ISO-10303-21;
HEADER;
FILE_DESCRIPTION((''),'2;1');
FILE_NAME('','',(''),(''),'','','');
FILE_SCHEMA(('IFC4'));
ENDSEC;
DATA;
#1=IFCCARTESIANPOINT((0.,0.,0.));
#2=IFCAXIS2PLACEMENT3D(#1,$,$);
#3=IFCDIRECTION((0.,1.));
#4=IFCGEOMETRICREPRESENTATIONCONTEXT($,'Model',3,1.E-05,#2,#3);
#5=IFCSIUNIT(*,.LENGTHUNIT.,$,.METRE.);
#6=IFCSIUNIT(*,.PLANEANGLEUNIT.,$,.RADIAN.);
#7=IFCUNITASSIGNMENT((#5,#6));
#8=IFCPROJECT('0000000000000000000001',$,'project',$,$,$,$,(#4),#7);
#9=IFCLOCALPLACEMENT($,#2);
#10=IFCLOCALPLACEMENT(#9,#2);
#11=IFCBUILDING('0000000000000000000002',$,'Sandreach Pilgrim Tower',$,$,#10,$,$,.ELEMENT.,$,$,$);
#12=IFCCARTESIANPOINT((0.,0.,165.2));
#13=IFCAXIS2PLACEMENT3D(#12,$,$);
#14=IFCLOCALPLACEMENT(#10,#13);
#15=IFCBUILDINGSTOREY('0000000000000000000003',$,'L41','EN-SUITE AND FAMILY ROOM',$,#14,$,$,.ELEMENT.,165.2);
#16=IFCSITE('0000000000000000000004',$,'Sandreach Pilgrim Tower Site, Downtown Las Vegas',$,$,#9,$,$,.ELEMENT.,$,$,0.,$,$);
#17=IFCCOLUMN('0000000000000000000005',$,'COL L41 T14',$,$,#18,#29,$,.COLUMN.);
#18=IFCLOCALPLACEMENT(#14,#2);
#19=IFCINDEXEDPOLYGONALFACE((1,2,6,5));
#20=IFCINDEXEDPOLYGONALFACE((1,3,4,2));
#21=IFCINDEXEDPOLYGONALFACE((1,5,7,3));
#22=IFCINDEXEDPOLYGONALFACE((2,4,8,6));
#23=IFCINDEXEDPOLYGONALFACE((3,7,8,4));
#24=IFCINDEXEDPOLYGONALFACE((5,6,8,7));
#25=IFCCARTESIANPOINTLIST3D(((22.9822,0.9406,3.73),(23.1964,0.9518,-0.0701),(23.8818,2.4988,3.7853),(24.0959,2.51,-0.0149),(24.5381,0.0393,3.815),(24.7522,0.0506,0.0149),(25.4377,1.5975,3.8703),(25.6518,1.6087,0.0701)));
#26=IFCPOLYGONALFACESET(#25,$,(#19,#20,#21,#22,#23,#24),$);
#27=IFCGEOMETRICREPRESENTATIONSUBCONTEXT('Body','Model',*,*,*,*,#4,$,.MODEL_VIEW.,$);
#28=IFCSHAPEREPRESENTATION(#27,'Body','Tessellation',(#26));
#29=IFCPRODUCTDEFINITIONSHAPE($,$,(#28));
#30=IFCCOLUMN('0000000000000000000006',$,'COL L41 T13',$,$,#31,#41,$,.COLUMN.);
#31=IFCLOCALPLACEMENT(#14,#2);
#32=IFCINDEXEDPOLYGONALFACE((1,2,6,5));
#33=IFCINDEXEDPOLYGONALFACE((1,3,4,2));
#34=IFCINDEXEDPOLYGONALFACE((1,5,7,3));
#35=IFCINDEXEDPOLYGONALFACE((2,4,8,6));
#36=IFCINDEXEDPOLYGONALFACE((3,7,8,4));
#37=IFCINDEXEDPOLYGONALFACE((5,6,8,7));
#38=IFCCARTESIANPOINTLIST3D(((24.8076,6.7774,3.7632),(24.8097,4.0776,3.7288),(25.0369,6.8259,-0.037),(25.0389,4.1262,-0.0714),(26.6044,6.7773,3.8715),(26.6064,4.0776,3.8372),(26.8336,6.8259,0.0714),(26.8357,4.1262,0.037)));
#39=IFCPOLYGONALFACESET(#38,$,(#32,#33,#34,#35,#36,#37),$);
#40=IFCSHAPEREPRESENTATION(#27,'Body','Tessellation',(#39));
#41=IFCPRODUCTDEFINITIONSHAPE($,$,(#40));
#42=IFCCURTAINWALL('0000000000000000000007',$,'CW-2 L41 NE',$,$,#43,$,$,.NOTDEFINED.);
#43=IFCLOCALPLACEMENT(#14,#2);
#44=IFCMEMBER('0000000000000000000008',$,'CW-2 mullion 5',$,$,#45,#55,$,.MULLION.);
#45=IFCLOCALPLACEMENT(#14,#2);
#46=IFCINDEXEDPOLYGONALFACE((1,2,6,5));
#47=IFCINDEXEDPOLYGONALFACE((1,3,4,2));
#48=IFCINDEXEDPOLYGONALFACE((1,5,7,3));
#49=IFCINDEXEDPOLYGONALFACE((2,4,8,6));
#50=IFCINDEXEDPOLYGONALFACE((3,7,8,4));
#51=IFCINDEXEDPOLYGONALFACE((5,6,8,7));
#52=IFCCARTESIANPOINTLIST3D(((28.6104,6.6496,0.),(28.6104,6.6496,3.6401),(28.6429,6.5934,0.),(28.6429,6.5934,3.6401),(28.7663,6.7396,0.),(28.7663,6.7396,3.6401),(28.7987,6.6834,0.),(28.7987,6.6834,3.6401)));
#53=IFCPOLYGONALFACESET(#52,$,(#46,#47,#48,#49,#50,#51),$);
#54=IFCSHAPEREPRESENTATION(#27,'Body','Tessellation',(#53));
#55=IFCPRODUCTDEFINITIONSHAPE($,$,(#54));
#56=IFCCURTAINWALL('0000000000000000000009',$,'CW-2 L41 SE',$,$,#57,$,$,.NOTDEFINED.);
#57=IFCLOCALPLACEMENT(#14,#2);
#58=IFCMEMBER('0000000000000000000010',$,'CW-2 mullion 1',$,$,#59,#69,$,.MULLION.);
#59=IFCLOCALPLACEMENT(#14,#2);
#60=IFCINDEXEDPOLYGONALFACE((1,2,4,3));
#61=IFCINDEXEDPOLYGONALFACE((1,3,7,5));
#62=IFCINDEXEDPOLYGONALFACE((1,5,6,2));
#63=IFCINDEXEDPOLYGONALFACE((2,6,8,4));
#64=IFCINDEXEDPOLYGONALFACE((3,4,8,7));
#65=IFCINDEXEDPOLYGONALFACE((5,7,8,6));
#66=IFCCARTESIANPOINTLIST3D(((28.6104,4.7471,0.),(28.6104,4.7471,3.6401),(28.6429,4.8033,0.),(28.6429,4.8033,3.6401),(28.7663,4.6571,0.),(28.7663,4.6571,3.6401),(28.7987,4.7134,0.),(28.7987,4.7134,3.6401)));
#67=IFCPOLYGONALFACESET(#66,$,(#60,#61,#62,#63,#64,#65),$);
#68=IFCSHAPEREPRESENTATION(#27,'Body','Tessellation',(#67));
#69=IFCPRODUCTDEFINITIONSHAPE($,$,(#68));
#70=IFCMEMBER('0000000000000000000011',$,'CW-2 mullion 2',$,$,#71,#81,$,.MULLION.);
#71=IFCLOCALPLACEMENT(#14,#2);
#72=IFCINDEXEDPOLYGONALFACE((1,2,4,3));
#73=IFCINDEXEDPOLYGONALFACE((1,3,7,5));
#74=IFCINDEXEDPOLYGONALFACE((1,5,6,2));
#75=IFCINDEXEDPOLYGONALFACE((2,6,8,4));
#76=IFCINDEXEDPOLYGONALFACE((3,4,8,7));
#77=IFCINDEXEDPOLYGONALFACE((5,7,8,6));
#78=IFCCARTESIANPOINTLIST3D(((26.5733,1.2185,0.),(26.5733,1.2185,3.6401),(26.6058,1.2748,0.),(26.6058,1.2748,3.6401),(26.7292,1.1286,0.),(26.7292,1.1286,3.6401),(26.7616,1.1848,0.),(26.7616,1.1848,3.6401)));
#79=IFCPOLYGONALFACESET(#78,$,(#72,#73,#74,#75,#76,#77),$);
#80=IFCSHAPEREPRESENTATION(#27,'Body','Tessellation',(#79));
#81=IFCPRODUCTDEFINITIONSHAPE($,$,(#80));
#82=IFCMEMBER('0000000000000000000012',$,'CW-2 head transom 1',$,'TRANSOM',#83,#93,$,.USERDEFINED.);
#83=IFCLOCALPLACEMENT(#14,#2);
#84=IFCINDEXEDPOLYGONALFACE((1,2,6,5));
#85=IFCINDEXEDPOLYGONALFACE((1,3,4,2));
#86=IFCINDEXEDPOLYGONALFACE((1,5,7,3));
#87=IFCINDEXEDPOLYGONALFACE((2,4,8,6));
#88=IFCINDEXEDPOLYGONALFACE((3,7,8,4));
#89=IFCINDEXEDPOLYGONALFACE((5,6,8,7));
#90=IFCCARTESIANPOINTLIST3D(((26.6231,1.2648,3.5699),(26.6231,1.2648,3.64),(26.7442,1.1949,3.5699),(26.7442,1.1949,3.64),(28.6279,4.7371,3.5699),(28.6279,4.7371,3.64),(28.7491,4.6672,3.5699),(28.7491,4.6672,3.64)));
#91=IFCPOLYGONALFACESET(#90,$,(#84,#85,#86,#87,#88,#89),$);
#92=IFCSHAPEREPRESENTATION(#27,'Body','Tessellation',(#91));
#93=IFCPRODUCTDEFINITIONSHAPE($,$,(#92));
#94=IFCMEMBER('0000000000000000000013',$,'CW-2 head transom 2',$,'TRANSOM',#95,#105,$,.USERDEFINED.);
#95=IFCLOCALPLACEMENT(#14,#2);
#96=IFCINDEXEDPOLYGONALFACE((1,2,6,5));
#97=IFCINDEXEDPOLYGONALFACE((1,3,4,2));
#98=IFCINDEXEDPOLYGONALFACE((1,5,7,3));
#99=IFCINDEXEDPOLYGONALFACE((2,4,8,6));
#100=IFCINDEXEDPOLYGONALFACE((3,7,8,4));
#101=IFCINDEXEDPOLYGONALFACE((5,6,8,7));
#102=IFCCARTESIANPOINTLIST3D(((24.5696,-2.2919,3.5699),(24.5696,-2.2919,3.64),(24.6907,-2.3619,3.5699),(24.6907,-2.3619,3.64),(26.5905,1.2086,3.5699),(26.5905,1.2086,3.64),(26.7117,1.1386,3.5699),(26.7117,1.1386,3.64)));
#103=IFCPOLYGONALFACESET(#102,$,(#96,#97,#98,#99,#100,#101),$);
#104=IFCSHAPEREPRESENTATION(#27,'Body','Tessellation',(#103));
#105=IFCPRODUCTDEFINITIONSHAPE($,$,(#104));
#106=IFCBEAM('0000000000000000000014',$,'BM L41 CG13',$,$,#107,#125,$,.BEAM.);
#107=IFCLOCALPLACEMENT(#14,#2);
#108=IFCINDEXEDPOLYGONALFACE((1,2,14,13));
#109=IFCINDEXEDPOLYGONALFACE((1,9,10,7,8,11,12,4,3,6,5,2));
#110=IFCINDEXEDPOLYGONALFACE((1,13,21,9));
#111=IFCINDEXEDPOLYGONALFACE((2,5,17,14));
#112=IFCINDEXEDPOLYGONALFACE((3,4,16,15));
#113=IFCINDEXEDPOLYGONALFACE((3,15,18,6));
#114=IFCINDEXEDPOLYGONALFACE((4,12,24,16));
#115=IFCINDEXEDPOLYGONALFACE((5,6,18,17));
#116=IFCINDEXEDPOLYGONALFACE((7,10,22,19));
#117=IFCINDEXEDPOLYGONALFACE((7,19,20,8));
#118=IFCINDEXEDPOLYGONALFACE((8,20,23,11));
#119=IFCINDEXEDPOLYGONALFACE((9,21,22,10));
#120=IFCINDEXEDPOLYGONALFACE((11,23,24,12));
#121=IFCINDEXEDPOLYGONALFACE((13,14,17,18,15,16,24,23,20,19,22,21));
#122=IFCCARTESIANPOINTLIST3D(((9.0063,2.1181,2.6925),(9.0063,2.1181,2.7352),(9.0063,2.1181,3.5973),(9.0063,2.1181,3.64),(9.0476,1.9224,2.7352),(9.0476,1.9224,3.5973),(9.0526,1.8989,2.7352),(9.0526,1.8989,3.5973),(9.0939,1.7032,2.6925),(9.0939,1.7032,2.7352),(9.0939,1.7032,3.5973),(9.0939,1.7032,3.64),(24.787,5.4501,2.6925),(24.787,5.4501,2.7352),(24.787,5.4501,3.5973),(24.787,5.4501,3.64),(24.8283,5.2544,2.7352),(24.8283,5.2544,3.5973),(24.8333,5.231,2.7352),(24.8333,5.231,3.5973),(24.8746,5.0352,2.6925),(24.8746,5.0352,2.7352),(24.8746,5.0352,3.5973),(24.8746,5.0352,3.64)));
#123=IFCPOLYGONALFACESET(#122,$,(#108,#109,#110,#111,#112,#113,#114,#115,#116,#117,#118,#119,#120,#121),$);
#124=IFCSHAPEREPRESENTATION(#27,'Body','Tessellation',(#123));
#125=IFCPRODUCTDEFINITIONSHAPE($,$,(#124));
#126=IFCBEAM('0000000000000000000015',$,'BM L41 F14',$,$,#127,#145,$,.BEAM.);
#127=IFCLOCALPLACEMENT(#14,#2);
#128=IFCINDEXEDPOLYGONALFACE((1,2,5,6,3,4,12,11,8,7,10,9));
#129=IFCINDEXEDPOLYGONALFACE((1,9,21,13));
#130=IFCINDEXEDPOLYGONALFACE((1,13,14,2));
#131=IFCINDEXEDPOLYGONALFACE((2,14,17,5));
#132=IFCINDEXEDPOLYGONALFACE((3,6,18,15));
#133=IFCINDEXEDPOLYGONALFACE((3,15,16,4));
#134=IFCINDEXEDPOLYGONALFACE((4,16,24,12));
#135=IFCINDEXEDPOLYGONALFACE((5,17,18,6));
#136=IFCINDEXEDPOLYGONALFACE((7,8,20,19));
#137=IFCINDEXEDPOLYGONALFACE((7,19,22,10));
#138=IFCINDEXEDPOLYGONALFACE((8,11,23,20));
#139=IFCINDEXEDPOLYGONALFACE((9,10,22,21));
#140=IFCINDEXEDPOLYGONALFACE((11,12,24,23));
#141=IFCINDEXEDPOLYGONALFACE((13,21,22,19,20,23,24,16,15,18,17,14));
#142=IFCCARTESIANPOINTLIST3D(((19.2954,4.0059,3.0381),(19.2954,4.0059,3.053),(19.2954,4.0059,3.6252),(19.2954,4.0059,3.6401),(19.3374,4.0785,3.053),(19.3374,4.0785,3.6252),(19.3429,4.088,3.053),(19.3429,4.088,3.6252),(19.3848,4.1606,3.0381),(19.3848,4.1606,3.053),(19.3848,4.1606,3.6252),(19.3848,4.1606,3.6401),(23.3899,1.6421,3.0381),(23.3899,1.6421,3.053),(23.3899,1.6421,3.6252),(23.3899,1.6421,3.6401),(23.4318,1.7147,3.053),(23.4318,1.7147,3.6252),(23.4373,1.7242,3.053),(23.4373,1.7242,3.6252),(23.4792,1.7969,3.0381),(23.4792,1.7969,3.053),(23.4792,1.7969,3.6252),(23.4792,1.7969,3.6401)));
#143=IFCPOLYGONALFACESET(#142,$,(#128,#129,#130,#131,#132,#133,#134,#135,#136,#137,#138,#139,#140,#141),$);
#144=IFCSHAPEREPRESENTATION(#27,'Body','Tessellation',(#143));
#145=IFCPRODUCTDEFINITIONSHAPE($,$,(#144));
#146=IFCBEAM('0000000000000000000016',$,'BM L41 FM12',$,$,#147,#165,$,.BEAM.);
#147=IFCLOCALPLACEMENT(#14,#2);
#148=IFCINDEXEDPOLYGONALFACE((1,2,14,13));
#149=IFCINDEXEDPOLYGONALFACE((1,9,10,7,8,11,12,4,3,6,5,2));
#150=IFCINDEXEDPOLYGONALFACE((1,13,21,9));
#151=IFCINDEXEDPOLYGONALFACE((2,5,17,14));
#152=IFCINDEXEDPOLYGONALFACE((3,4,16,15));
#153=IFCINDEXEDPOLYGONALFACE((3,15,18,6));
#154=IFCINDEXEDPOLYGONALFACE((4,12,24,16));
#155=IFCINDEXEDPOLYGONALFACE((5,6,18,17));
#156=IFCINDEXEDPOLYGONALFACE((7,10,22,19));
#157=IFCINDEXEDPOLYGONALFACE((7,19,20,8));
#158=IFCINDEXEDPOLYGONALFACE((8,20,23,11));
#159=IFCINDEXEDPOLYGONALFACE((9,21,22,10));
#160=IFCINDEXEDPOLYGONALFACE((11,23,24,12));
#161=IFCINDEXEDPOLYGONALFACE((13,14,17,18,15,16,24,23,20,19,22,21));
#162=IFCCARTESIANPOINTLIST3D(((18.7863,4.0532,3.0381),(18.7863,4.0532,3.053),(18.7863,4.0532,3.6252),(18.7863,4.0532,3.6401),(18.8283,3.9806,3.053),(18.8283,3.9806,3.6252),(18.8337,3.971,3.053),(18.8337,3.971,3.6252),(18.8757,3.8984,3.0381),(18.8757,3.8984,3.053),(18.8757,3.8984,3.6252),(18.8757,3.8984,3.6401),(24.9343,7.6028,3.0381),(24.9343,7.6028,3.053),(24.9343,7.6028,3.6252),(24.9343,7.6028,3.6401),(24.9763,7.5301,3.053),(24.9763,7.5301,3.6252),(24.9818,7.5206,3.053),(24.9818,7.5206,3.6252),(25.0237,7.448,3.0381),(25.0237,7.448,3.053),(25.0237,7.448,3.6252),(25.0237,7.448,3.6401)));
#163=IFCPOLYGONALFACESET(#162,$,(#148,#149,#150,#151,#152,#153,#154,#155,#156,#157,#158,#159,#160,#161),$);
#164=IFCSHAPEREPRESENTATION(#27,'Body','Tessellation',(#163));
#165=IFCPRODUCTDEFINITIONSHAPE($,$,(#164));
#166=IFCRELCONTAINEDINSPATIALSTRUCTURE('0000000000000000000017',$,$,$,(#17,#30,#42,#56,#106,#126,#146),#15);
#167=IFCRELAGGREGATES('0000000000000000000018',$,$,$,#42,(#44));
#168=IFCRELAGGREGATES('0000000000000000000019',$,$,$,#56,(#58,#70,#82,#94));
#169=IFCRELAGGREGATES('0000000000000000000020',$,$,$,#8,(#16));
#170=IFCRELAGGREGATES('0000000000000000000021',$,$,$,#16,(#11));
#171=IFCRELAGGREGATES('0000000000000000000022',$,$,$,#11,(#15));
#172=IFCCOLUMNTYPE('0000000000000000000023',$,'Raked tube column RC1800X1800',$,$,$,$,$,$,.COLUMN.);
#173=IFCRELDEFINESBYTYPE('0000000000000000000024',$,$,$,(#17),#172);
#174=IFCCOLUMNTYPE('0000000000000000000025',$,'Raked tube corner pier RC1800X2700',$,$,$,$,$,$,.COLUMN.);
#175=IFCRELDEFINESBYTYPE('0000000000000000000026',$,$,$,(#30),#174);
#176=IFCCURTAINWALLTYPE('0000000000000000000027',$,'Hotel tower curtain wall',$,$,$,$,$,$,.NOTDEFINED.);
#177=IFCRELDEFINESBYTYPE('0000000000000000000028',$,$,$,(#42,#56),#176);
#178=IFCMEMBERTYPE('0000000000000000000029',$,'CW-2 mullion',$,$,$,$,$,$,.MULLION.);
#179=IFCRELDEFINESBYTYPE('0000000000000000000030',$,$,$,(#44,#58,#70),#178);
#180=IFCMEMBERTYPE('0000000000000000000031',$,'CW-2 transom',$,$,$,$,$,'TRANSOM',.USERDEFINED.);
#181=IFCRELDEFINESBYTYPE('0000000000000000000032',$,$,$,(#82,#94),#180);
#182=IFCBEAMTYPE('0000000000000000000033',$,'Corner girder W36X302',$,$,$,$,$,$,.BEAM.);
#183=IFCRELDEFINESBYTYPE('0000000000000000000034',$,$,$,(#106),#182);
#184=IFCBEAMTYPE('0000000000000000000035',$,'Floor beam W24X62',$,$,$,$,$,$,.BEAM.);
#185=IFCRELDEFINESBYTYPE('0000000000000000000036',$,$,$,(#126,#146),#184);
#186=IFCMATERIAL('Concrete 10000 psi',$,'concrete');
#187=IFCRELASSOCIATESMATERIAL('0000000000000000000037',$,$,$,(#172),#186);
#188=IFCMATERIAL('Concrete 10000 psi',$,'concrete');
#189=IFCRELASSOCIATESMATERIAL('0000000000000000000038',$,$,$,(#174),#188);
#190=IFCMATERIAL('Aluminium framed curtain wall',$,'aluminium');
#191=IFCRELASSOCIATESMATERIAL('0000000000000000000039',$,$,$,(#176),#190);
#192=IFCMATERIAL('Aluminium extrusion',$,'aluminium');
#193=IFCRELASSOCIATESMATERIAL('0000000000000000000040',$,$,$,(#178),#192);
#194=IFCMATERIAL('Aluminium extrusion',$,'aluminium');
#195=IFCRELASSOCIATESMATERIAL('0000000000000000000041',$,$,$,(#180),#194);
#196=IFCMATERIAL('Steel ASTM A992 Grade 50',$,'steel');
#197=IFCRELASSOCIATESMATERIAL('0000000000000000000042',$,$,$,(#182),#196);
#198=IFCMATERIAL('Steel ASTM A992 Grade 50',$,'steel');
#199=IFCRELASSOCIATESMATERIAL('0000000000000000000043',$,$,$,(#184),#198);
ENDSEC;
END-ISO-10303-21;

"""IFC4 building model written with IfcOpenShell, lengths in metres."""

from ifc_helpers import new_model, si_unit, direction, frame, origin, origin_2d, place, context, subcontext, project, spatial, rectangle, i_section, extrude, material, material_profile, profile_set, type_object, element, aggregate, save


model = new_model("IFC4")

# Units and contexts
model_context = context("Model", 3, precision=1e-05, world=origin(), true_north=direction((0.0, 1.0)))
body_context = subcontext(model_context, "Body", "Model", "MODEL_VIEW")
ifc_project = project(units=[si_unit("LENGTHUNIT", "METRE"), si_unit("PLANEANGLEUNIT", "RADIAN")], contexts=[model_context])

# Site, building, storey
site_placement = place(None, origin())
site = spatial("IfcSite", under=ifc_project, at=site_placement, Name="Sandreach Pilgrim Tower Site, Downtown Las Vegas", CompositionType="ELEMENT", RefElevation=0.0)
building_placement = place(site_placement, origin())
building = spatial("IfcBuilding", under=site, at=building_placement, Name="Sandreach Pilgrim Tower", CompositionType="ELEMENT")
storey_placement = place(building_placement, frame((0.0, 0.0, 165.2)))
storey = spatial("IfcBuildingStorey", under=building, at=storey_placement, Name="L41", Description="EN-SUITE AND FAMILY ROOM", CompositionType="ELEMENT", Elevation=165.2)

# Columns
ifc_material_1 = material(Name="Concrete 10000 psi", Category="concrete")
ifc_material_profile_1 = material_profile(ifc_material_1, rectangle(XDim=1.8, YDim=1.8, at=origin_2d()), Name="RC1800X1800")
ifc_profile_set_1 = profile_set([ifc_material_profile_1], Name="Concrete 10000 psi")
column_type_1 = type_object("IfcColumnType", Name="Raked tube column RC1800X1800", PredefinedType="COLUMN", material=ifc_profile_set_1)
column_1_placement = place(storey_placement, frame((24.4241, 1.2803, 0.0), z_axis=(-0.056255, -0.002951, 0.998412), x_axis=(0.864347, -0.500673, 0.047221)))
element("IfcColumn", 1, at=column_1_placement, inside=storey, type_object=column_type_1, Name="COL L41 T14", PredefinedType="COLUMN", context=body_context, shape_type="SweptSolid", body=[
    extrude(rectangle(XDim=1.8, YDim=1.8, at=origin_2d()), origin(), (0.0, 0.0, 1.0), 3.8062),
])
ifc_material_2 = material(Name="Concrete 10000 psi", Category="concrete")
ifc_material_profile_2 = material_profile(ifc_material_2, rectangle(XDim=1.8, YDim=2.7, at=origin_2d()), Name="RC1800X2700")
ifc_profile_set_2 = profile_set([ifc_material_profile_2], Name="Concrete 10000 psi")
column_type_2 = type_object("IfcColumnType", Name="Raked tube corner pier RC1800X2700", PredefinedType="COLUMN", material=ifc_profile_set_2)
column_2_placement = place(storey_placement, frame((25.9363, 5.4761, 0.0), z_axis=(-0.060213, -0.012761, 0.998104), x_axis=(0.998185, -0.000007, 0.060218)))
element("IfcColumn", 2, at=column_2_placement, inside=storey, type_object=column_type_2, Name="COL L41 T13", PredefinedType="COLUMN", context=body_context, shape_type="SweptSolid", body=[
    extrude(rectangle(XDim=1.8, YDim=2.7, at=origin_2d()), origin(), (0.0, 0.0, 1.0), 3.8074),
])

# Curtain wall, member
ifc_material_3 = material(Name="Aluminium framed curtain wall", Category="aluminium")
curtain_wall_type = type_object("IfcCurtainWallType", Name="Hotel tower curtain wall", PredefinedType="NOTDEFINED", material=ifc_material_3)
curtain_wall_1_placement = place(storey_placement, origin())
curtain_wall_1 = element("IfcCurtainWall", 3, at=curtain_wall_1_placement, inside=storey, type_object=curtain_wall_type, Name="CW-2 L41 NE", PredefinedType="NOTDEFINED")
ifc_material_4 = material(Name="Aluminium extrusion", Category="aluminium")
ifc_material_profile_3 = material_profile(ifc_material_4, rectangle(XDim=0.0649, YDim=0.1799, at=origin_2d()), Name="CW-2M 65X180")
ifc_profile_set_3 = profile_set([ifc_material_profile_3], Name="Aluminium extrusion")
member_type_1 = type_object("IfcMemberType", Name="CW-2 mullion", PredefinedType="MULLION", material=ifc_profile_set_3)
member_1_placement = place(storey_placement, frame((28.7046, 6.6665, 0.0), z_axis=(0.0, 0.0, 1.0), x_axis=(0.5, -0.866025, 0.0)))
member_1 = element("IfcMember", 4, at=member_1_placement, type_object=member_type_1, Name="CW-2 mullion 5", PredefinedType="MULLION", context=body_context, shape_type="SweptSolid", body=[
    extrude(rectangle(XDim=0.0649, YDim=0.1799, at=origin_2d()), origin(), (0.0, 0.0, 1.0), 3.6401),
])

# Curtain wall, members
curtain_wall_2_placement = place(storey_placement, origin())
curtain_wall_2 = element("IfcCurtainWall", 5, at=curtain_wall_2_placement, inside=storey, type_object=curtain_wall_type, Name="CW-2 L41 SE", PredefinedType="NOTDEFINED")
member_2_placement = place(storey_placement, frame((28.7046, 4.7302, 0.0), z_axis=(0.0, 0.0, 1.0), x_axis=(-0.5, -0.866025, 0.0)))
member_2 = element("IfcMember", 6, at=member_2_placement, type_object=member_type_1, Name="CW-2 mullion 1", PredefinedType="MULLION", context=body_context, shape_type="SweptSolid", body=[
    extrude(rectangle(XDim=0.0649, YDim=0.1799, at=origin_2d()), origin(), (0.0, 0.0, 1.0), 3.6401),
])
member_3_placement = place(storey_placement, frame((26.6675, 1.2017, 0.0), z_axis=(0.0, 0.0, 1.0), x_axis=(-0.5, -0.866025, 0.0)))
member_3 = element("IfcMember", 7, at=member_3_placement, type_object=member_type_1, Name="CW-2 mullion 2", PredefinedType="MULLION", context=body_context, shape_type="SweptSolid", body=[
    extrude(rectangle(XDim=0.0649, YDim=0.1799, at=origin_2d()), origin(), (0.0, 0.0, 1.0), 3.6401),
])
ifc_material_5 = material(Name="Aluminium extrusion", Category="aluminium")
ifc_material_profile_4 = material_profile(ifc_material_5, rectangle(XDim=0.1399, YDim=0.0701, at=origin_2d()), Name="CW-2T 140X70")
ifc_profile_set_4 = profile_set([ifc_material_profile_4], Name="Aluminium extrusion")
member_type_2 = type_object("IfcMemberType", Name="CW-2 transom", ElementType="TRANSOM", PredefinedType="USERDEFINED", material=ifc_profile_set_4)
member_4_placement = place(storey_placement, frame((28.6885, 4.7021, 3.605), z_axis=(-0.500016, -0.866016, 0.0), x_axis=(0.866016, -0.500016, 0.0)))
member_4 = element("IfcMember", 8, at=member_4_placement, type_object=member_type_2, Name="CW-2 head transom 1", ObjectType="TRANSOM", PredefinedType="USERDEFINED", context=body_context, shape_type="SweptSolid", body=[
    extrude(rectangle(XDim=0.1399, YDim=0.0701, at=origin_2d()), origin(), (0.0, 0.0, 1.0), 4.0095),
])
member_5_placement = place(storey_placement, frame((26.6511, 1.1736, 3.605), z_axis=(-0.499998, -0.866027, 0.0), x_axis=(0.866027, -0.499998, 0.0)))
member_5 = element("IfcMember", 9, at=member_5_placement, type_object=member_type_2, Name="CW-2 head transom 2", ObjectType="TRANSOM", PredefinedType="USERDEFINED", context=body_context, shape_type="SweptSolid", body=[
    extrude(rectangle(XDim=0.1399, YDim=0.0701, at=origin_2d()), origin(), (0.0, 0.0, 1.0), 4.042),
])

# Beams
ifc_material_6 = material(Name="Steel ASTM A992 Grade 50", Category="steel")
ifc_material_profile_5 = material_profile(ifc_material_6, i_section(OverallWidth=0.4241, OverallDepth=0.9475, WebThickness=0.0239, FlangeThickness=0.0427, at=origin_2d()), Name="W36X302")
ifc_profile_set_5 = profile_set([ifc_material_profile_5], Name="Steel ASTM A992 Grade 50")
beam_type_1 = type_object("IfcBeamType", Name="Corner girder W36X302", PredefinedType="BEAM", material=ifc_profile_set_5)
beam_1_placement = place(storey_placement, frame((24.8308, 5.2427, 3.1663), z_axis=(-0.978428, -0.20659, 0.0), x_axis=(0.20659, -0.978428, 0.0)))
element("IfcBeam", 10, at=beam_1_placement, inside=storey, type_object=beam_type_1, Name="BM L41 CG13", PredefinedType="BEAM", context=body_context, shape_type="SweptSolid", body=[
    extrude(i_section(OverallWidth=0.4241, OverallDepth=0.9475, WebThickness=0.0239, FlangeThickness=0.0427, at=origin_2d()), origin(), (0.0, 0.0, 1.0), 16.1287),
])
ifc_material_7 = material(Name="Steel ASTM A992 Grade 50", Category="steel")
ifc_material_profile_6 = material_profile(ifc_material_7, i_section(OverallWidth=0.1787, OverallDepth=0.6021, WebThickness=0.011, FlangeThickness=0.0149, at=origin_2d()), Name="W24X62")
ifc_profile_set_6 = profile_set([ifc_material_profile_6], Name="Steel ASTM A992 Grade 50")
beam_type_2 = type_object("IfcBeamType", Name="Floor beam W24X62", PredefinedType="BEAM", material=ifc_profile_set_6)
beam_2_placement = place(storey_placement, frame((23.4346, 1.7195, 3.3391), z_axis=(-0.866042, 0.499971, 0.0), x_axis=(-0.499971, -0.866042, 0.0)))
element("IfcBeam", 11, at=beam_2_placement, inside=storey, type_object=beam_type_2, Name="BM L41 F14", PredefinedType="BEAM", context=body_context, shape_type="SweptSolid", body=[
    extrude(i_section(OverallWidth=0.1787, OverallDepth=0.6021, WebThickness=0.011, FlangeThickness=0.0149, at=origin_2d()), origin(), (0.0, 0.0, 1.0), 4.7278),
])
beam_3_placement = place(storey_placement, frame((24.979, 7.5254, 3.3391), z_axis=(-0.866023, -0.500004, 0.0), x_axis=(0.500004, -0.866023, 0.0)))
element("IfcBeam", 12, at=beam_3_placement, inside=storey, type_object=beam_type_2, Name="BM L41 FM12", PredefinedType="BEAM", context=body_context, shape_type="SweptSolid", body=[
    extrude(i_section(OverallWidth=0.1787, OverallDepth=0.6021, WebThickness=0.011, FlangeThickness=0.0149, at=origin_2d()), origin(), (0.0, 0.0, 1.0), 7.0991),
])

aggregate(curtain_wall_1, [member_1])
aggregate(curtain_wall_2, [member_2, member_3, member_4, member_5])

save(model, "model.ifc")
